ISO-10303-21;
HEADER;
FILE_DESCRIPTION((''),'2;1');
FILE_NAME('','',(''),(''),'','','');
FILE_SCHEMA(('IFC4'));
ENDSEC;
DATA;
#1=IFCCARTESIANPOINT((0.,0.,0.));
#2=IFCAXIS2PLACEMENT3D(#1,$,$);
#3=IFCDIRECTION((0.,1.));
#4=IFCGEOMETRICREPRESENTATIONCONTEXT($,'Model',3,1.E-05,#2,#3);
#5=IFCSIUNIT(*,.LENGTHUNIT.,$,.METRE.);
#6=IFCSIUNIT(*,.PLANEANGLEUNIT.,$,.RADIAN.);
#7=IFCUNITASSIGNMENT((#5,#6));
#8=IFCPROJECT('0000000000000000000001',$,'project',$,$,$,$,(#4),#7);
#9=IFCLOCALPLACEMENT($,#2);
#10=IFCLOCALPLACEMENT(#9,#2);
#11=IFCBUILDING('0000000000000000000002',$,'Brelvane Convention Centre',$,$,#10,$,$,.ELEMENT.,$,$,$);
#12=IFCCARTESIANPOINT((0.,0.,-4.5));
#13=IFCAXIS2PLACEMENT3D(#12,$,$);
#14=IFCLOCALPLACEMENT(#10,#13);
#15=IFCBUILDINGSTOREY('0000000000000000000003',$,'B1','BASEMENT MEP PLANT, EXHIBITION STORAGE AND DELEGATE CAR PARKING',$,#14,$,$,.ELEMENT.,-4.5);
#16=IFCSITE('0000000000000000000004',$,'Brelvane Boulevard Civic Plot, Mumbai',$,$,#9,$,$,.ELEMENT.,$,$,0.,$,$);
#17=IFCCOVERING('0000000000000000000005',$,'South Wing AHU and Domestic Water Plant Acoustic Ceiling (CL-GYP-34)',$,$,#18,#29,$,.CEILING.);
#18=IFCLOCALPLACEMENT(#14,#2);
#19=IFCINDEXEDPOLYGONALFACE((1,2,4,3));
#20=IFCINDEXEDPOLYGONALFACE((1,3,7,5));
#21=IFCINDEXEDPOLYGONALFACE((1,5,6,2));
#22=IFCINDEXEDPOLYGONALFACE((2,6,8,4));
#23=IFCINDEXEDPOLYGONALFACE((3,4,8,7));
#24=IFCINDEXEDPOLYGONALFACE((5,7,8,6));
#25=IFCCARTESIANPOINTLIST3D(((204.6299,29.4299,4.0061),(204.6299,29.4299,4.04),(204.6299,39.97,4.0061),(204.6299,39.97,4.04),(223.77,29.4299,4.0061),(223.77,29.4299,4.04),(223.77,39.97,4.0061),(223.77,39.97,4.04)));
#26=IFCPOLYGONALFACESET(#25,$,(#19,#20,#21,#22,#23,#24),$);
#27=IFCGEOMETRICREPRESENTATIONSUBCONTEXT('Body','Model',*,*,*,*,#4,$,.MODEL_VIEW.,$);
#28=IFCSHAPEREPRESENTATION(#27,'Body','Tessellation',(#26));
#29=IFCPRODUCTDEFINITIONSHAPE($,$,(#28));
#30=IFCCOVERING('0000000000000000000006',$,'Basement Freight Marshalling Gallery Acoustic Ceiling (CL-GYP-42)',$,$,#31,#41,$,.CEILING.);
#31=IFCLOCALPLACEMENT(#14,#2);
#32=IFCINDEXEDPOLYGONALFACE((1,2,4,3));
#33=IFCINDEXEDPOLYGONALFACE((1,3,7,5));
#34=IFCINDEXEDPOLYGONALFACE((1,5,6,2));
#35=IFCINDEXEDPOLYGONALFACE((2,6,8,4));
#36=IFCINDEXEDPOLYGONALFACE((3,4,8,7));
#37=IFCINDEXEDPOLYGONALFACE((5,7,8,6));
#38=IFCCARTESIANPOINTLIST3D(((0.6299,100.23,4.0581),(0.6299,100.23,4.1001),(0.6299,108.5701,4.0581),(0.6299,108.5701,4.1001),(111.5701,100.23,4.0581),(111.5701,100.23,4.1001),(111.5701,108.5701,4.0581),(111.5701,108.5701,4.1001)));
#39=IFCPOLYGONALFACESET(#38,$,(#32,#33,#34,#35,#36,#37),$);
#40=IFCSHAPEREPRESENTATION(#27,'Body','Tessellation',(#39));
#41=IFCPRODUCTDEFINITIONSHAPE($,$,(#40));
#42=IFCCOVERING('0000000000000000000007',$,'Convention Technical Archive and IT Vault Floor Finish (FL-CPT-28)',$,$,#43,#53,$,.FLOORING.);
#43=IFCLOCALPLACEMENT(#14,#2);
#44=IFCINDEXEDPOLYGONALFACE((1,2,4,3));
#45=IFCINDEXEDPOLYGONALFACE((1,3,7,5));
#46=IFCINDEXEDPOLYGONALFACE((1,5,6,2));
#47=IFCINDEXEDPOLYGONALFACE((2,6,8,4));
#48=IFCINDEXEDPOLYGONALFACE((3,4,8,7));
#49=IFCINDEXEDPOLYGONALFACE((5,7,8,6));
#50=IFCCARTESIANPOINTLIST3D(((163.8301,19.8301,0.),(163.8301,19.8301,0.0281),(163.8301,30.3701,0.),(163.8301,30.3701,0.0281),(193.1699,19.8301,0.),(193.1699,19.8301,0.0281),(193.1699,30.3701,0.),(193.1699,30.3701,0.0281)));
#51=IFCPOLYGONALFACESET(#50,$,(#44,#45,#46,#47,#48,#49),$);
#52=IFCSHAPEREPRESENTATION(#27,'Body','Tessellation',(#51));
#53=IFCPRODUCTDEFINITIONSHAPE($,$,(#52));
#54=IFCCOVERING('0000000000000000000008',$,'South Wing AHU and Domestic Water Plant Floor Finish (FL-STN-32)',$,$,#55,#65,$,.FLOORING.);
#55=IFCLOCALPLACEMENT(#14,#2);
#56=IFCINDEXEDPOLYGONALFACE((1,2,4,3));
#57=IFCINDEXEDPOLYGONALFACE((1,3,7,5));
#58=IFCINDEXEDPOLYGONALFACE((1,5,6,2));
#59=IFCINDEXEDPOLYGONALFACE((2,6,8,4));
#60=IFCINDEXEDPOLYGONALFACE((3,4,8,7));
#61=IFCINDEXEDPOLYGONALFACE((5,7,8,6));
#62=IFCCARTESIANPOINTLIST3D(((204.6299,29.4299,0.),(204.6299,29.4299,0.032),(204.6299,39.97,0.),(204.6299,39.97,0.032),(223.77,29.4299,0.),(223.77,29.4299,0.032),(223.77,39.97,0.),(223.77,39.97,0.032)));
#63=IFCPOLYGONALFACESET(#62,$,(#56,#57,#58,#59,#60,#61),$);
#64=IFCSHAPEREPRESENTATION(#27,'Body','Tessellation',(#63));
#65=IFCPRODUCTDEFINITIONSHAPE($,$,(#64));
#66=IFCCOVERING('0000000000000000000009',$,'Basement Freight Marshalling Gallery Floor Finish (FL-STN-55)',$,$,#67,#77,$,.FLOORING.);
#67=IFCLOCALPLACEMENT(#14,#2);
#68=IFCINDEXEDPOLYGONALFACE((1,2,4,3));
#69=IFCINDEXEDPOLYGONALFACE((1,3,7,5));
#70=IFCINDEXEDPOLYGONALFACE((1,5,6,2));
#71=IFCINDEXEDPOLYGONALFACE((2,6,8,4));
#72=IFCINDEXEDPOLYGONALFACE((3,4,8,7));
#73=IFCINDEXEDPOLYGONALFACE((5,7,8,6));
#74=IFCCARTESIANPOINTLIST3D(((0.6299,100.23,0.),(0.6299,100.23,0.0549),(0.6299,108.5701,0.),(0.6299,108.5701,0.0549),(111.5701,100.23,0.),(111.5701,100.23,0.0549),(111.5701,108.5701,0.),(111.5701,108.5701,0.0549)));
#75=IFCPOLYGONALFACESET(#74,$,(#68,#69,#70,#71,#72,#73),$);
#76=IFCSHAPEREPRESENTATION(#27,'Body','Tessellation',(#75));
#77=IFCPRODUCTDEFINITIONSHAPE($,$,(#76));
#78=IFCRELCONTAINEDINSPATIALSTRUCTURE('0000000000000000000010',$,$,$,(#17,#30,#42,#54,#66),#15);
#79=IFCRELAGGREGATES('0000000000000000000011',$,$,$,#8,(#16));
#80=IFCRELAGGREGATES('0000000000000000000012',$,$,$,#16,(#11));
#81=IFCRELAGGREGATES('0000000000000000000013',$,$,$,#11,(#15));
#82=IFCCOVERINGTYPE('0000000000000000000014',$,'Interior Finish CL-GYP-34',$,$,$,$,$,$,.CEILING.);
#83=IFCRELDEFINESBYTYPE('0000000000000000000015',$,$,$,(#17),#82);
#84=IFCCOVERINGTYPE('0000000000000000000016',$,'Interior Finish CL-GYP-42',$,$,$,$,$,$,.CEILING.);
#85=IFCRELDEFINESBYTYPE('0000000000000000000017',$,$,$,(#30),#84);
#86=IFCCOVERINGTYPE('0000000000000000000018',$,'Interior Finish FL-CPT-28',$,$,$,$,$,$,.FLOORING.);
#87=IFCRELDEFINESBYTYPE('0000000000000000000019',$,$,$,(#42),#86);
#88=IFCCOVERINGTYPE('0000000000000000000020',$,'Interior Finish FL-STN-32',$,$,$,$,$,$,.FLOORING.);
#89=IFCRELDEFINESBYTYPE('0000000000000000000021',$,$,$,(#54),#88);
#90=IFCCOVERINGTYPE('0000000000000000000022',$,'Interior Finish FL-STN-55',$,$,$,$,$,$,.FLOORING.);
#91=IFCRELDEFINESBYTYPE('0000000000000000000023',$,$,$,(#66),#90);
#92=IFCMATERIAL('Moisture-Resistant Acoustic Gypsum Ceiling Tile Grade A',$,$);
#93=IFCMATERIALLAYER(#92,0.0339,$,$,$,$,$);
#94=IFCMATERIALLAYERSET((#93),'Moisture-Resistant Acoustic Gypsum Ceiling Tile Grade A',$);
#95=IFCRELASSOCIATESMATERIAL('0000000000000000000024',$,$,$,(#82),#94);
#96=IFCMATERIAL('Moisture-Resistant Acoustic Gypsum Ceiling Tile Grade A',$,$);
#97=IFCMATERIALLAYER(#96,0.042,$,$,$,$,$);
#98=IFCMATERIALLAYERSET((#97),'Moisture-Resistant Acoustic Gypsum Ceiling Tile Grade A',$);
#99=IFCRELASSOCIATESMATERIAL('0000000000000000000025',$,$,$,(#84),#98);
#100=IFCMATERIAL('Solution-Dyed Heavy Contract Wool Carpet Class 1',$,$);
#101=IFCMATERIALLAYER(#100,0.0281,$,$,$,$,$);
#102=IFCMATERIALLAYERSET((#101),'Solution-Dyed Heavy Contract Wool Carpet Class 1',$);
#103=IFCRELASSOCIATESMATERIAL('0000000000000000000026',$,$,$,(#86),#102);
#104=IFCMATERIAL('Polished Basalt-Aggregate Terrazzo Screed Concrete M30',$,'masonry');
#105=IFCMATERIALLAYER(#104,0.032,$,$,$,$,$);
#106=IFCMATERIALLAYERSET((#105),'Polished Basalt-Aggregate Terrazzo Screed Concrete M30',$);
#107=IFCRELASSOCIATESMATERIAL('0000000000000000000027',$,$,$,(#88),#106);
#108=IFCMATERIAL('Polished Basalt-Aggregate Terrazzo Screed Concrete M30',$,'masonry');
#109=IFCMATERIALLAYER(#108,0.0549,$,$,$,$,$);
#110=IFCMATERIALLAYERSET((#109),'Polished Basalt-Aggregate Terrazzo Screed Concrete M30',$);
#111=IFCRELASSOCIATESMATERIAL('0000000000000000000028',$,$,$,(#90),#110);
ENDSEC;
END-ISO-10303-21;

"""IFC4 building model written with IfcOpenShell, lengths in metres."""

from ifc_helpers import new_model, si_unit, direction, frame, origin, place, context, subcontext, project, spatial, polyline, outline, extrude, material, layer, layer_set, type_object, element, save


model = new_model("IFC4")

# Units and contexts
model_context = context("Model", 3, precision=1e-05, world=origin(), true_north=direction((0.0, 1.0)))
body_context = subcontext(model_context, "Body", "Model", "MODEL_VIEW")
ifc_project = project(units=[si_unit("LENGTHUNIT", "METRE"), si_unit("PLANEANGLEUNIT", "RADIAN")], contexts=[model_context])

# Site, building, storey
site_placement = place(None, origin())
site = spatial("IfcSite", under=ifc_project, at=site_placement, Name="Brelvane Boulevard Civic Plot, Mumbai", CompositionType="ELEMENT", RefElevation=0.0)
building_placement = place(site_placement, origin())
building = spatial("IfcBuilding", under=site, at=building_placement, Name="Brelvane Convention Centre", CompositionType="ELEMENT")
storey_placement = place(building_placement, frame((0.0, 0.0, -4.5)))
storey = spatial("IfcBuildingStorey", under=building, at=storey_placement, Name="B1", Description="BASEMENT MEP PLANT, EXHIBITION STORAGE AND DELEGATE CAR PARKING", CompositionType="ELEMENT", Elevation=-4.5)

# Coverings
ifc_material_1 = material(Name="Moisture-Resistant Acoustic Gypsum Ceiling Tile Grade A")
ifc_layer_1 = layer(ifc_material_1, 0.0339)
ifc_layer_set_1 = layer_set([ifc_layer_1], Name="Moisture-Resistant Acoustic Gypsum Ceiling Tile Grade A")
covering_type_1 = type_object("IfcCoveringType", Name="Interior Finish CL-GYP-34", PredefinedType="CEILING", material=ifc_layer_set_1)
covering_1_placement = place(storey_placement, frame((0.0, 0.0, 4.0061)))
element("IfcCovering", 1, at=covering_1_placement, inside=storey, type_object=covering_type_1, Name="South Wing AHU and Domestic Water Plant Acoustic Ceiling (CL-GYP-34)", PredefinedType="CEILING", context=body_context, shape_type="SweptSolid", body=[
    extrude(outline(polyline([(204.6299, 29.4299), (223.77, 29.4299), (223.77, 39.97), (204.6299, 39.97), (204.6299, 29.4299)])), origin(), (0.0, 0.0, 1.0), 0.0339),
])
ifc_material_2 = material(Name="Moisture-Resistant Acoustic Gypsum Ceiling Tile Grade A")
ifc_layer_2 = layer(ifc_material_2, 0.042)
ifc_layer_set_2 = layer_set([ifc_layer_2], Name="Moisture-Resistant Acoustic Gypsum Ceiling Tile Grade A")
covering_type_2 = type_object("IfcCoveringType", Name="Interior Finish CL-GYP-42", PredefinedType="CEILING", material=ifc_layer_set_2)
covering_2_placement = place(storey_placement, frame((0.0, 0.0, 4.0581)))
element("IfcCovering", 2, at=covering_2_placement, inside=storey, type_object=covering_type_2, Name="Basement Freight Marshalling Gallery Acoustic Ceiling (CL-GYP-42)", PredefinedType="CEILING", context=body_context, shape_type="SweptSolid", body=[
    extrude(outline(polyline([(0.6299, 100.23), (111.5701, 100.23), (111.5701, 108.5701), (0.6299, 108.5701), (0.6299, 100.23)])), origin(), (0.0, 0.0, 1.0), 0.042),
])
ifc_material_3 = material(Name="Solution-Dyed Heavy Contract Wool Carpet Class 1")
ifc_layer_3 = layer(ifc_material_3, 0.0281)
ifc_layer_set_3 = layer_set([ifc_layer_3], Name="Solution-Dyed Heavy Contract Wool Carpet Class 1")
covering_type_3 = type_object("IfcCoveringType", Name="Interior Finish FL-CPT-28", PredefinedType="FLOORING", material=ifc_layer_set_3)
covering_3_placement = place(storey_placement, origin())
element("IfcCovering", 3, at=covering_3_placement, inside=storey, type_object=covering_type_3, Name="Convention Technical Archive and IT Vault Floor Finish (FL-CPT-28)", PredefinedType="FLOORING", context=body_context, shape_type="SweptSolid", body=[
    extrude(outline(polyline([(163.8301, 19.8301), (193.1699, 19.8301), (193.1699, 30.3701), (163.8301, 30.3701), (163.8301, 19.8301)])), origin(), (0.0, 0.0, 1.0), 0.0281),
])
ifc_material_4 = material(Name="Polished Basalt-Aggregate Terrazzo Screed Concrete M30", Category="masonry")
ifc_layer_4 = layer(ifc_material_4, 0.032)
ifc_layer_set_4 = layer_set([ifc_layer_4], Name="Polished Basalt-Aggregate Terrazzo Screed Concrete M30")
covering_type_4 = type_object("IfcCoveringType", Name="Interior Finish FL-STN-32", PredefinedType="FLOORING", material=ifc_layer_set_4)
covering_4_placement = place(storey_placement, origin())
element("IfcCovering", 4, at=covering_4_placement, inside=storey, type_object=covering_type_4, Name="South Wing AHU and Domestic Water Plant Floor Finish (FL-STN-32)", PredefinedType="FLOORING", context=body_context, shape_type="SweptSolid", body=[
    extrude(outline(polyline([(204.6299, 29.4299), (223.77, 29.4299), (223.77, 39.97), (204.6299, 39.97), (204.6299, 29.4299)])), origin(), (0.0, 0.0, 1.0), 0.032),
])
ifc_material_5 = material(Name="Polished Basalt-Aggregate Terrazzo Screed Concrete M30", Category="masonry")
ifc_layer_5 = layer(ifc_material_5, 0.0549)
ifc_layer_set_5 = layer_set([ifc_layer_5], Name="Polished Basalt-Aggregate Terrazzo Screed Concrete M30")
covering_type_5 = type_object("IfcCoveringType", Name="Interior Finish FL-STN-55", PredefinedType="FLOORING", material=ifc_layer_set_5)
covering_5_placement = place(storey_placement, origin())
element("IfcCovering", 5, at=covering_5_placement, inside=storey, type_object=covering_type_5, Name="Basement Freight Marshalling Gallery Floor Finish (FL-STN-55)", PredefinedType="FLOORING", context=body_context, shape_type="SweptSolid", body=[
    extrude(outline(polyline([(0.6299, 100.23), (111.5701, 100.23), (111.5701, 108.5701), (0.6299, 108.5701), (0.6299, 100.23)])), origin(), (0.0, 0.0, 1.0), 0.0549),
])

save(model, "model.ifc")
